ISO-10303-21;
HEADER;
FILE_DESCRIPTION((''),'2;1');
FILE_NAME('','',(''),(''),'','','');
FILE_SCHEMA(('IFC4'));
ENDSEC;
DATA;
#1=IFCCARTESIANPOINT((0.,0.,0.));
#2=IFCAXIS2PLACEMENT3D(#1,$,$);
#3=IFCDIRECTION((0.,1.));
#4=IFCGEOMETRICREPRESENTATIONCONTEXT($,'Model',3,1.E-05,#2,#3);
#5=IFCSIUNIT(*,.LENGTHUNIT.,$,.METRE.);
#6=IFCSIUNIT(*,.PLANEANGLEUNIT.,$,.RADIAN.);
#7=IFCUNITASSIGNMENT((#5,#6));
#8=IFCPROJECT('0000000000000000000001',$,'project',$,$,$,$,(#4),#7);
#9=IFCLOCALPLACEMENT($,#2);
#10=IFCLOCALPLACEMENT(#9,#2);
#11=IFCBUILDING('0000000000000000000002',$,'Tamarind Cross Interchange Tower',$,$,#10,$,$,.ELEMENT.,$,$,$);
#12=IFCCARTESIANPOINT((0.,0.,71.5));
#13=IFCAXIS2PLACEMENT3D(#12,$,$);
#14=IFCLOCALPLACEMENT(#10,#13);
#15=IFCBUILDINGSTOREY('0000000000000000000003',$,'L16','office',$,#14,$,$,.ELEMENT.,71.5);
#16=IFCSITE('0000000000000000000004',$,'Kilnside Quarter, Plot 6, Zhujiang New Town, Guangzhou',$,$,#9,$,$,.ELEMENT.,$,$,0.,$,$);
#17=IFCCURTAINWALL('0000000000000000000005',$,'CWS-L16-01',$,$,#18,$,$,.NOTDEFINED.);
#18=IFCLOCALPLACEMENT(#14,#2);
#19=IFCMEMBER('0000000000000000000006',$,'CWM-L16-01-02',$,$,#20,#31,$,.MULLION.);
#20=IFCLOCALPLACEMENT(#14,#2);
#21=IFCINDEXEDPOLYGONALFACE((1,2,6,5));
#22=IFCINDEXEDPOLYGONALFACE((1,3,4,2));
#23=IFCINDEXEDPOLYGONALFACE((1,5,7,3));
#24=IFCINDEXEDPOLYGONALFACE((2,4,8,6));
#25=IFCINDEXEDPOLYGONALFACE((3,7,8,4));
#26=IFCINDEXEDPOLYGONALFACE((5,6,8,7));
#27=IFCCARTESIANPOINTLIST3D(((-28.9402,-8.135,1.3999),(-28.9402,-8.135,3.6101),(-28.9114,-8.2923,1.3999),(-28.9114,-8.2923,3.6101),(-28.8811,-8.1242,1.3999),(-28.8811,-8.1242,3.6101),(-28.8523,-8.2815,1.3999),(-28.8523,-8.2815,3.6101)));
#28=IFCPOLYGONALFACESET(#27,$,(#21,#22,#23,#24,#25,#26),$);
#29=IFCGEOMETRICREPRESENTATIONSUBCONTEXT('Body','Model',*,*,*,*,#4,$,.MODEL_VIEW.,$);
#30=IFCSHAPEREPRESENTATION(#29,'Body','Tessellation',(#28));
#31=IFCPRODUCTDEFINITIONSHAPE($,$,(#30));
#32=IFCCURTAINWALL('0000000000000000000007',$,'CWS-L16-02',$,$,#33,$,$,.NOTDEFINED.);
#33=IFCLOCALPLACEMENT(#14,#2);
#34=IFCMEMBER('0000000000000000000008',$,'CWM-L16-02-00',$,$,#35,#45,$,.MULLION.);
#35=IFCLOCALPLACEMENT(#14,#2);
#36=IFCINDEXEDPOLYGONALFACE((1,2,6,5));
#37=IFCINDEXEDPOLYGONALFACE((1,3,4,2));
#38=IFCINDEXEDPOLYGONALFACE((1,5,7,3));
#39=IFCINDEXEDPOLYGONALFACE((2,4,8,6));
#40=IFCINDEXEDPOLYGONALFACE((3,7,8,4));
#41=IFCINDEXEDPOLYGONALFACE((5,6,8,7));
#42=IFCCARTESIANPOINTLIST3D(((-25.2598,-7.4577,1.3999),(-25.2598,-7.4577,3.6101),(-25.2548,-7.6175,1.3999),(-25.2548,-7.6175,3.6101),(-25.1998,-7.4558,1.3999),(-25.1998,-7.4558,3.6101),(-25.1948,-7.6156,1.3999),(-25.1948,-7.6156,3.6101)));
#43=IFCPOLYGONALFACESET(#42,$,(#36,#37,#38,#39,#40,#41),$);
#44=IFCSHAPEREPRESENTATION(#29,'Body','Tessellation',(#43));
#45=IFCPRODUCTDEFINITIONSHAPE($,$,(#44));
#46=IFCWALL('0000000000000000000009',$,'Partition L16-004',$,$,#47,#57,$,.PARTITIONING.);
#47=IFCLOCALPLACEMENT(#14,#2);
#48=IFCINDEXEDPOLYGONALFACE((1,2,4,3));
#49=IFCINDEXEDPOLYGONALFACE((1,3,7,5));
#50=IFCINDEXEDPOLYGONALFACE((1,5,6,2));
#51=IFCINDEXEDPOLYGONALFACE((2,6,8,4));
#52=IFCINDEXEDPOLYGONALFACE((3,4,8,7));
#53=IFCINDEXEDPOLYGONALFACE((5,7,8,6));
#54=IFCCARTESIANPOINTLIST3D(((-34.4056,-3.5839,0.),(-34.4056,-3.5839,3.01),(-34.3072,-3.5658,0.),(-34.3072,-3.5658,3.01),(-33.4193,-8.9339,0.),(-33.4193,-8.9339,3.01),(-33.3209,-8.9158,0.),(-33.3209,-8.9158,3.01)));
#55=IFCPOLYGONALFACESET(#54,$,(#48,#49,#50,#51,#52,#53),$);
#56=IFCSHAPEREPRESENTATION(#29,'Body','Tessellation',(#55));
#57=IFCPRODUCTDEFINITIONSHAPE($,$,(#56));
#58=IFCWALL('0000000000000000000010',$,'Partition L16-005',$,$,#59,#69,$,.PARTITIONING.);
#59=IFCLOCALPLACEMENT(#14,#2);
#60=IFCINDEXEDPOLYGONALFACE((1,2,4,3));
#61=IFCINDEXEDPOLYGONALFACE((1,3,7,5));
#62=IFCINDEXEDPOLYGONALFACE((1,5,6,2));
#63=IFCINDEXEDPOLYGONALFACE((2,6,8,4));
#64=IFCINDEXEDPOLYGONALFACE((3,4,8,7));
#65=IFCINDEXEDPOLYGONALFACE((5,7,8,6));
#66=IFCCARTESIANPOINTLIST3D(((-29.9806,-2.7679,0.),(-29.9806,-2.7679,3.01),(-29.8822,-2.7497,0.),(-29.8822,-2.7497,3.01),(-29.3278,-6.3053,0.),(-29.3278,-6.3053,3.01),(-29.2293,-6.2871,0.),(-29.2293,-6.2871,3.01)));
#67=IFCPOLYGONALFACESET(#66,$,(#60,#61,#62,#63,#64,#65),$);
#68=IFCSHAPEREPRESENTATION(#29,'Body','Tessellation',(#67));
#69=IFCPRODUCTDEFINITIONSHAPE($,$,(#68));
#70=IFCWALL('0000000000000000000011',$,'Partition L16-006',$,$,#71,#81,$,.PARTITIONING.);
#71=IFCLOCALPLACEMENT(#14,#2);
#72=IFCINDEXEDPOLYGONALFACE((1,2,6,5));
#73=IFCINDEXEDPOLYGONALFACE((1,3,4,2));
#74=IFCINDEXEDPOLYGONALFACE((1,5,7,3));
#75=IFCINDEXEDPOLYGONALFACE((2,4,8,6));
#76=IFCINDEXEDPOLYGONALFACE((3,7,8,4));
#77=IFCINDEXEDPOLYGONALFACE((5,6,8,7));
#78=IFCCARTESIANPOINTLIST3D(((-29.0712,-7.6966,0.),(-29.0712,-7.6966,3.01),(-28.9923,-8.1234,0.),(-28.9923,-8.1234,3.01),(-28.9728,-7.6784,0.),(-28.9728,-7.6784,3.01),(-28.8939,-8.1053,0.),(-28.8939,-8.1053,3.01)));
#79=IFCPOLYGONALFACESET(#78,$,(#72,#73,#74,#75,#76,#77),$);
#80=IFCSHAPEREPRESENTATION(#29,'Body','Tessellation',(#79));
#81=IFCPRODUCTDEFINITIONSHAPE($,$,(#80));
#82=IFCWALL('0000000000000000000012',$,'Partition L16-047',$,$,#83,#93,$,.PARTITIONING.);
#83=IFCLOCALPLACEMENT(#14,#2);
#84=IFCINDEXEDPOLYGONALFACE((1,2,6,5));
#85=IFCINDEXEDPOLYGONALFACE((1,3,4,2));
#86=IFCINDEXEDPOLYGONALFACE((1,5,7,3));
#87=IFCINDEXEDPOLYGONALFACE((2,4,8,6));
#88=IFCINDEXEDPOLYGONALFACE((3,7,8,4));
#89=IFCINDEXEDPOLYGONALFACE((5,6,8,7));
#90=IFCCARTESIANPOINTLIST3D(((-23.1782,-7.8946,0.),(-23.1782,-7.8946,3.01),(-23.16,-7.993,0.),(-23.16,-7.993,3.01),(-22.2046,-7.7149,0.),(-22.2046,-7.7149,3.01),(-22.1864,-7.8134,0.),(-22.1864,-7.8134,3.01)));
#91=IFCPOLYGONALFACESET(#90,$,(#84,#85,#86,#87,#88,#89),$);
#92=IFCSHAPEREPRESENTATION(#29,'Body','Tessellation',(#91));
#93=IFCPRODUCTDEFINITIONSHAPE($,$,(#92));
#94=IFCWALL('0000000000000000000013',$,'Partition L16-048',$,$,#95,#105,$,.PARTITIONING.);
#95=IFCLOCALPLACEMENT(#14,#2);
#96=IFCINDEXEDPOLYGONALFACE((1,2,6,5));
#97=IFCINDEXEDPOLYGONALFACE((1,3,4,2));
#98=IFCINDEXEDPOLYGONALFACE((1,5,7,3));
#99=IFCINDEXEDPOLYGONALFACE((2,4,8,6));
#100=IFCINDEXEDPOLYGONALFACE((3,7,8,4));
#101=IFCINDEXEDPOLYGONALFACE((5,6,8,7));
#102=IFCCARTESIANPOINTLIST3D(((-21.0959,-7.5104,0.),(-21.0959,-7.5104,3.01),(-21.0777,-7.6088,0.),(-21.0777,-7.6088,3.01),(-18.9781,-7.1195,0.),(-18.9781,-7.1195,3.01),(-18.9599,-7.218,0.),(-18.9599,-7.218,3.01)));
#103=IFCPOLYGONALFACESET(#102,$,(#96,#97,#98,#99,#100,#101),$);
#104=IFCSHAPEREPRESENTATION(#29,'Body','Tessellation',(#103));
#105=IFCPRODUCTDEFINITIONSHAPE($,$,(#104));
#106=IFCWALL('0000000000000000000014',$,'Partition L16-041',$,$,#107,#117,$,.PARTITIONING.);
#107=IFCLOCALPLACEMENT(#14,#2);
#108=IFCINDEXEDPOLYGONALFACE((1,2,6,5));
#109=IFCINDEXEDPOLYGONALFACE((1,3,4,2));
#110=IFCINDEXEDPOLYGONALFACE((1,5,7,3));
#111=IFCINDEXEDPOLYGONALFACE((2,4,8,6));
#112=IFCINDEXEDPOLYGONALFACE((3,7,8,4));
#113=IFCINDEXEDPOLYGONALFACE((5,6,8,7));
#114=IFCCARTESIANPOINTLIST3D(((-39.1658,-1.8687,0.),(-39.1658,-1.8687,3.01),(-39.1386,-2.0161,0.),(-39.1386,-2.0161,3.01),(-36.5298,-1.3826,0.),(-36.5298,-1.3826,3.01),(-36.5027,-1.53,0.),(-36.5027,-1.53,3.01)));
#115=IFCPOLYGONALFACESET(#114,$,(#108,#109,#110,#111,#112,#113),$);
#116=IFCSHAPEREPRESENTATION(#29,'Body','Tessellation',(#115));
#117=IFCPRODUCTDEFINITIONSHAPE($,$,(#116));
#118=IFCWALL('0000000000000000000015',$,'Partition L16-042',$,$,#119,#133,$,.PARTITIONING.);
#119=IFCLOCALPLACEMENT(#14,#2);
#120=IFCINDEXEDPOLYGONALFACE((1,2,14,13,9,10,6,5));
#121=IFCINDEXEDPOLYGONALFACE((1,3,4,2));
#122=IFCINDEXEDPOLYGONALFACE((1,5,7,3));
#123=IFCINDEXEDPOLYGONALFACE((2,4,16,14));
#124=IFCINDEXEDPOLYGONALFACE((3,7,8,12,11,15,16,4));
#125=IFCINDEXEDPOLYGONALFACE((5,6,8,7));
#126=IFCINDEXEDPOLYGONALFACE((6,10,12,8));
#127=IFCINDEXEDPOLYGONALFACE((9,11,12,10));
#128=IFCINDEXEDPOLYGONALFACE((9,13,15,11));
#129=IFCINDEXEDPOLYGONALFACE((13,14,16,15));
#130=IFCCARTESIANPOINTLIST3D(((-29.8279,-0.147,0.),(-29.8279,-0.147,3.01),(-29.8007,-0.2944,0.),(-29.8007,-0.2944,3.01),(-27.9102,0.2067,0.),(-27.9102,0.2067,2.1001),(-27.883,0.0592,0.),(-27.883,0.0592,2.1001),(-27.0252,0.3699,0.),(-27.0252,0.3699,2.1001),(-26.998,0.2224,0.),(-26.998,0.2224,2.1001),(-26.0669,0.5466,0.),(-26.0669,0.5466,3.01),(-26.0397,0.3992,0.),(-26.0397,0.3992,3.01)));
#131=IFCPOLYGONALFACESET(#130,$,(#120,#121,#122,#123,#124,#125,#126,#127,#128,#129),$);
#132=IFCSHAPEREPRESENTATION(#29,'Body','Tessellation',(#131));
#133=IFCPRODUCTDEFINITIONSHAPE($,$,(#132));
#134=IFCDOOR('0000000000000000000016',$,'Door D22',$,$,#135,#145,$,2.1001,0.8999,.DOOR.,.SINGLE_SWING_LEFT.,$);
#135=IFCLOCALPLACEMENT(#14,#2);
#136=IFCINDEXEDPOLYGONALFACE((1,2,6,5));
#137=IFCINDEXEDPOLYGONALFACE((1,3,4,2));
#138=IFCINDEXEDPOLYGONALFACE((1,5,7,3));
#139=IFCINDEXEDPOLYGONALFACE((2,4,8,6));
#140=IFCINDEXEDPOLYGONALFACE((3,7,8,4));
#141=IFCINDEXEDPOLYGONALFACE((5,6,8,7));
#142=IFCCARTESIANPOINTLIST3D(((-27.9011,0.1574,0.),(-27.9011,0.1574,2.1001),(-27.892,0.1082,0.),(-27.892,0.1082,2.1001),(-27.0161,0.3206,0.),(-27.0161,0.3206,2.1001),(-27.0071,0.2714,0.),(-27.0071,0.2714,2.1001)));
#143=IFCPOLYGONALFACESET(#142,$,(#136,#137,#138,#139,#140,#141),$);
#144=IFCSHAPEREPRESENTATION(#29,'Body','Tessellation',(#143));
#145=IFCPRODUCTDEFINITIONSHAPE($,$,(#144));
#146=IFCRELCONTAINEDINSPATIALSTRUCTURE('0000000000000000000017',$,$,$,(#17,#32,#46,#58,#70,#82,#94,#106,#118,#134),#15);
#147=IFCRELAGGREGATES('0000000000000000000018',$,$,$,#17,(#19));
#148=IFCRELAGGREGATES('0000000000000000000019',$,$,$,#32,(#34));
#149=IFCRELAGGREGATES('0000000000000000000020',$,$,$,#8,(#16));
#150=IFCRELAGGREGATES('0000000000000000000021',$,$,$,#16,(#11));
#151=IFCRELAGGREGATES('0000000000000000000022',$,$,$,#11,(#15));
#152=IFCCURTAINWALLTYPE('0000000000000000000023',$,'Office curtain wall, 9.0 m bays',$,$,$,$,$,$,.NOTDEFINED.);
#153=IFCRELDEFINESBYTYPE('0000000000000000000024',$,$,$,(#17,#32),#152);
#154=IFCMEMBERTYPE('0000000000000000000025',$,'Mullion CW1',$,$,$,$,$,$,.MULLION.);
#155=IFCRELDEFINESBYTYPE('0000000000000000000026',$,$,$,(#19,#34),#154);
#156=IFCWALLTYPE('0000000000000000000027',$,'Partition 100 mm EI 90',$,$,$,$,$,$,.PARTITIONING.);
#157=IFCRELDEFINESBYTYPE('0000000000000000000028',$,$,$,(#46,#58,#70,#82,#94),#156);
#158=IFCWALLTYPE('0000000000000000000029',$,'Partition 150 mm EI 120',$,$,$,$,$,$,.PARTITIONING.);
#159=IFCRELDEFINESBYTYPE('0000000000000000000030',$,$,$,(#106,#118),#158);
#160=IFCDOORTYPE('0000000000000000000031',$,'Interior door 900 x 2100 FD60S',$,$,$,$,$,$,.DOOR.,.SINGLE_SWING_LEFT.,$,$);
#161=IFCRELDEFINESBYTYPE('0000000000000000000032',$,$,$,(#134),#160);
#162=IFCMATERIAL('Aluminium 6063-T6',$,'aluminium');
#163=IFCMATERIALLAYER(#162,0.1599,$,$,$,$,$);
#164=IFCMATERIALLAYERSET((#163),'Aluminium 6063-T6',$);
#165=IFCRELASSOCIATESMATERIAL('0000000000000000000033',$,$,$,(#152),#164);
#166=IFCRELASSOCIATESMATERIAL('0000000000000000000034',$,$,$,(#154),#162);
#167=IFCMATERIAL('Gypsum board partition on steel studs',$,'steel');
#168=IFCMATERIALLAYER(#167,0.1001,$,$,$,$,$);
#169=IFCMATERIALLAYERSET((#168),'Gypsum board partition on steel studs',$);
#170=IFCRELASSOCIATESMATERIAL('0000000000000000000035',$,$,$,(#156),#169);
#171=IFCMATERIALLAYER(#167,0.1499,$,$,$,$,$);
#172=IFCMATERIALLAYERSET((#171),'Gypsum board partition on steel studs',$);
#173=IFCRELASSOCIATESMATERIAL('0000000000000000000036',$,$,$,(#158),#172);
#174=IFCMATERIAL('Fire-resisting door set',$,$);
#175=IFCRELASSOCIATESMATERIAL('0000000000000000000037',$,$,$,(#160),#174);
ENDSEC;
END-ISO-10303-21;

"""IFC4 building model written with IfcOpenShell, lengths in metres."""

from ifc_helpers import new_model, si_unit, direction, frame, frame_2d, origin, origin_2d, place, context, subcontext, project, spatial, rectangle, extrude, material, layer, layer_set, material_profile, profile_set, type_object, element, fill, aggregate, save


model = new_model("IFC4")

# Units and contexts
model_context = context("Model", 3, precision=1e-05, world=origin(), true_north=direction((0.0, 1.0)))
body_context = subcontext(model_context, "Body", "Model", "MODEL_VIEW")
ifc_project = project(units=[si_unit("LENGTHUNIT", "METRE"), si_unit("PLANEANGLEUNIT", "RADIAN")], contexts=[model_context])

# Site, building, storey
site_placement = place(None, origin())
site = spatial("IfcSite", under=ifc_project, at=site_placement, Name="Kilnside Quarter, Plot 6, Zhujiang New Town, Guangzhou", CompositionType="ELEMENT", RefElevation=0.0)
building_placement = place(site_placement, origin())
building = spatial("IfcBuilding", under=site, at=building_placement, Name="Tamarind Cross Interchange Tower", CompositionType="ELEMENT")
storey_placement = place(building_placement, frame((0.0, 0.0, 71.5)))
storey = spatial("IfcBuildingStorey", under=building, at=storey_placement, Name="L16", Description="office", CompositionType="ELEMENT", Elevation=71.5)

# Curtain walls, members
ifc_material_1 = material(Name="Aluminium 6063-T6", Category="aluminium")
ifc_layer_1 = layer(ifc_material_1, 0.1599)
ifc_layer_set_1 = layer_set([ifc_layer_1], Name="Aluminium 6063-T6")
curtain_wall_type = type_object("IfcCurtainWallType", Name="Office curtain wall, 9.0 m bays", PredefinedType="NOTDEFINED", material=ifc_layer_set_1)
curtain_wall_1_placement = place(storey_placement, origin())
curtain_wall_1 = element("IfcCurtainWall", 1, at=curtain_wall_1_placement, inside=storey, type_object=curtain_wall_type, Name="CWS-L16-01", PredefinedType="NOTDEFINED")
ifc_material_profile_1 = material_profile(ifc_material_1, rectangle(XDim=0.0601, YDim=0.1599, at=origin_2d()), Name="Mullion CW1")
ifc_profile_set_1 = profile_set([ifc_material_profile_1], Name="Aluminium 6063-T6")
member_type = type_object("IfcMemberType", Name="Mullion CW1", PredefinedType="MULLION", material=ifc_profile_set_1)
member_1_placement = place(storey_placement, frame((-28.8962, -8.2083, 1.3999), z_axis=(0.0, 0.0, 1.0), x_axis=(0.983651, 0.180086, 0.0)))
member_1 = element("IfcMember", 2, at=member_1_placement, type_object=member_type, Name="CWM-L16-01-02", PredefinedType="MULLION", context=body_context, shape_type="SweptSolid", body=[
    extrude(rectangle(XDim=0.0601, YDim=0.1599, at=origin_2d()), origin(), (0.0, 0.0, 1.0), 2.2102),
])
aggregate(curtain_wall_1, [member_1])
curtain_wall_2_placement = place(storey_placement, origin())
curtain_wall_2 = element("IfcCurtainWall", 3, at=curtain_wall_2_placement, inside=storey, type_object=curtain_wall_type, Name="CWS-L16-02", PredefinedType="NOTDEFINED")
member_2_placement = place(storey_placement, frame((-25.2273, -7.5366, 1.3999), z_axis=(0.0, 0.0, 1.0), x_axis=(0.999503, 0.031515, 0.0)))
member_2 = element("IfcMember", 4, at=member_2_placement, type_object=member_type, Name="CWM-L16-02-00", PredefinedType="MULLION", context=body_context, shape_type="SweptSolid", body=[
    extrude(rectangle(XDim=0.0601, YDim=0.1599, at=origin_2d()), origin(), (0.0, 0.0, 1.0), 2.2102),
])
aggregate(curtain_wall_2, [member_2])

# Walls
ifc_material_2 = material(Name="Gypsum board partition on steel studs", Category="steel")
ifc_layer_2 = layer(ifc_material_2, 0.1001)
ifc_layer_set_2 = layer_set([ifc_layer_2], Name="Gypsum board partition on steel studs")
wall_type_1 = type_object("IfcWallType", Name="Partition 100 mm EI 90", PredefinedType="PARTITIONING", material=ifc_layer_set_2)
wall_1_placement = place(storey_placement, frame((-34.3564, -3.5747, 0.0), z_axis=(0.0, 0.0, 1.0), x_axis=(0.181302, -0.983428, 0.0)))
element("IfcWall", 5, at=wall_1_placement, inside=storey, type_object=wall_type_1, Name="Partition L16-004", PredefinedType="PARTITIONING", context=body_context, shape_type="SweptSolid", body=[
    extrude(rectangle(XDim=5.4402, YDim=0.1001, at=frame_2d((2.7202, 0.0))), origin(), (0.0, 0.0, 1.0), 3.01),
])
wall_2_placement = place(storey_placement, frame((-29.9314, -2.7588, 0.0), z_axis=(0.0, 0.0, 1.0), x_axis=(0.181489, -0.983393, 0.0)))
element("IfcWall", 6, at=wall_2_placement, inside=storey, type_object=wall_type_1, Name="Partition L16-005", PredefinedType="PARTITIONING", context=body_context, shape_type="SweptSolid", body=[
    extrude(rectangle(XDim=3.5972, YDim=0.1001, at=frame_2d((1.7986, 0.0))), origin(), (0.0, 0.0, 1.0), 3.01),
])
wall_3_placement = place(storey_placement, frame((-29.022, -7.6875, 0.0), z_axis=(0.0, 0.0, 1.0), x_axis=(0.181706, -0.983353, 0.0)))
element("IfcWall", 7, at=wall_3_placement, inside=storey, type_object=wall_type_1, Name="Partition L16-006", PredefinedType="PARTITIONING", context=body_context, shape_type="SweptSolid", body=[
    extrude(rectangle(XDim=0.4341, YDim=0.1001, at=frame_2d((0.217, 0.0))), origin(), (0.0, 0.0, 1.0), 3.01),
])
wall_4_placement = place(storey_placement, frame((-23.1692, -7.9438, 0.0), z_axis=(0.0, 0.0, 1.0), x_axis=(0.983393, 0.181489, 0.0)))
element("IfcWall", 8, at=wall_4_placement, inside=storey, type_object=wall_type_1, Name="Partition L16-047", PredefinedType="PARTITIONING", context=body_context, shape_type="SweptSolid", body=[
    extrude(rectangle(XDim=0.99, YDim=0.1001, at=frame_2d((0.4951, 0.0))), origin(), (0.0, 0.0, 1.0), 3.01),
])
wall_5_placement = place(storey_placement, frame((-21.0867, -7.5596, 0.0), z_axis=(0.0, 0.0, 1.0), x_axis=(0.983393, 0.181488, 0.0)))
element("IfcWall", 9, at=wall_5_placement, inside=storey, type_object=wall_type_1, Name="Partition L16-048", PredefinedType="PARTITIONING", context=body_context, shape_type="SweptSolid", body=[
    extrude(rectangle(XDim=2.1536, YDim=0.1001, at=frame_2d((1.0767, 0.0))), origin(), (0.0, 0.0, 1.0), 3.01),
])
ifc_layer_3 = layer(ifc_material_2, 0.1499)
ifc_layer_set_3 = layer_set([ifc_layer_3], Name="Gypsum board partition on steel studs")
wall_type_2 = type_object("IfcWallType", Name="Partition 150 mm EI 120", PredefinedType="PARTITIONING", material=ifc_layer_set_3)
wall_6_placement = place(storey_placement, frame((-39.1523, -1.9424, 0.0), z_axis=(0.0, 0.0, 1.0), x_axis=(0.983419, 0.181346, 0.0)))
element("IfcWall", 10, at=wall_6_placement, inside=storey, type_object=wall_type_2, Name="Partition L16-041", PredefinedType="PARTITIONING", context=body_context, shape_type="SweptSolid", body=[
    extrude(rectangle(XDim=2.6804, YDim=0.1499, at=frame_2d((1.3403, 0.0))), origin(), (0.0, 0.0, 1.0), 3.01),
])

# Wall, opening, door
wall_7_placement = place(storey_placement, frame((-29.8142, -0.2207, 0.0), z_axis=(0.0, 0.0, 1.0), x_axis=(0.983416, 0.181362, 0.0)))
wall_7 = element("IfcWall", 11, at=wall_7_placement, inside=storey, type_object=wall_type_2, Name="Partition L16-042", PredefinedType="PARTITIONING", context=body_context, shape_type="SweptSolid", body=[
    extrude(rectangle(XDim=3.8245, YDim=0.1499, at=frame_2d((1.9121, 0.0))), origin(), (0.0, 0.0, 1.0), 3.01),
])
opening_1_placement = place(wall_7_placement, frame((1.95, 0.0, 0.0)))
opening_1 = element("IfcOpeningElement", 12, at=opening_1_placement, cuts=wall_7, PredefinedType="OPENING", context=body_context, shape_type="SweptSolid", body=[
    extrude(rectangle(XDim=0.8999, YDim=2.1001, at=frame_2d((0.45, 1.05))), frame((0.0, 0.085, 0.0), z_axis=(0.0, -1.0, 0.0), x_axis=(1.0, 0.0, 0.0)), (0.0, 0.0, 1.0), 0.1699),
])
ifc_material_3 = material(Name="Fire-resisting door set")
door_type_1 = type_object("IfcDoorType", Name="Interior door 900 x 2100 FD60S", OperationType="SINGLE_SWING_LEFT", PredefinedType="DOOR", material=ifc_material_3)
door_1_placement = place(opening_1_placement, origin())
door_1 = element("IfcDoor", 13, at=door_1_placement, inside=storey, type_object=door_type_1, Name="Door D22", OperationType="SINGLE_SWING_LEFT", OverallHeight=2.1001, OverallWidth=0.8999, PredefinedType="DOOR", context=body_context, shape_type="SweptSolid", body=[
    extrude(rectangle(XDim=0.8999, YDim=2.1001, at=frame_2d((0.45, 1.05))), frame((0.0, 0.0249, 0.0), z_axis=(0.0, -1.0, 0.0), x_axis=(1.0, 0.0, 0.0)), (0.0, 0.0, 1.0), 0.05),
])
fill(opening_1, door_1)

save(model, "model.ifc")
